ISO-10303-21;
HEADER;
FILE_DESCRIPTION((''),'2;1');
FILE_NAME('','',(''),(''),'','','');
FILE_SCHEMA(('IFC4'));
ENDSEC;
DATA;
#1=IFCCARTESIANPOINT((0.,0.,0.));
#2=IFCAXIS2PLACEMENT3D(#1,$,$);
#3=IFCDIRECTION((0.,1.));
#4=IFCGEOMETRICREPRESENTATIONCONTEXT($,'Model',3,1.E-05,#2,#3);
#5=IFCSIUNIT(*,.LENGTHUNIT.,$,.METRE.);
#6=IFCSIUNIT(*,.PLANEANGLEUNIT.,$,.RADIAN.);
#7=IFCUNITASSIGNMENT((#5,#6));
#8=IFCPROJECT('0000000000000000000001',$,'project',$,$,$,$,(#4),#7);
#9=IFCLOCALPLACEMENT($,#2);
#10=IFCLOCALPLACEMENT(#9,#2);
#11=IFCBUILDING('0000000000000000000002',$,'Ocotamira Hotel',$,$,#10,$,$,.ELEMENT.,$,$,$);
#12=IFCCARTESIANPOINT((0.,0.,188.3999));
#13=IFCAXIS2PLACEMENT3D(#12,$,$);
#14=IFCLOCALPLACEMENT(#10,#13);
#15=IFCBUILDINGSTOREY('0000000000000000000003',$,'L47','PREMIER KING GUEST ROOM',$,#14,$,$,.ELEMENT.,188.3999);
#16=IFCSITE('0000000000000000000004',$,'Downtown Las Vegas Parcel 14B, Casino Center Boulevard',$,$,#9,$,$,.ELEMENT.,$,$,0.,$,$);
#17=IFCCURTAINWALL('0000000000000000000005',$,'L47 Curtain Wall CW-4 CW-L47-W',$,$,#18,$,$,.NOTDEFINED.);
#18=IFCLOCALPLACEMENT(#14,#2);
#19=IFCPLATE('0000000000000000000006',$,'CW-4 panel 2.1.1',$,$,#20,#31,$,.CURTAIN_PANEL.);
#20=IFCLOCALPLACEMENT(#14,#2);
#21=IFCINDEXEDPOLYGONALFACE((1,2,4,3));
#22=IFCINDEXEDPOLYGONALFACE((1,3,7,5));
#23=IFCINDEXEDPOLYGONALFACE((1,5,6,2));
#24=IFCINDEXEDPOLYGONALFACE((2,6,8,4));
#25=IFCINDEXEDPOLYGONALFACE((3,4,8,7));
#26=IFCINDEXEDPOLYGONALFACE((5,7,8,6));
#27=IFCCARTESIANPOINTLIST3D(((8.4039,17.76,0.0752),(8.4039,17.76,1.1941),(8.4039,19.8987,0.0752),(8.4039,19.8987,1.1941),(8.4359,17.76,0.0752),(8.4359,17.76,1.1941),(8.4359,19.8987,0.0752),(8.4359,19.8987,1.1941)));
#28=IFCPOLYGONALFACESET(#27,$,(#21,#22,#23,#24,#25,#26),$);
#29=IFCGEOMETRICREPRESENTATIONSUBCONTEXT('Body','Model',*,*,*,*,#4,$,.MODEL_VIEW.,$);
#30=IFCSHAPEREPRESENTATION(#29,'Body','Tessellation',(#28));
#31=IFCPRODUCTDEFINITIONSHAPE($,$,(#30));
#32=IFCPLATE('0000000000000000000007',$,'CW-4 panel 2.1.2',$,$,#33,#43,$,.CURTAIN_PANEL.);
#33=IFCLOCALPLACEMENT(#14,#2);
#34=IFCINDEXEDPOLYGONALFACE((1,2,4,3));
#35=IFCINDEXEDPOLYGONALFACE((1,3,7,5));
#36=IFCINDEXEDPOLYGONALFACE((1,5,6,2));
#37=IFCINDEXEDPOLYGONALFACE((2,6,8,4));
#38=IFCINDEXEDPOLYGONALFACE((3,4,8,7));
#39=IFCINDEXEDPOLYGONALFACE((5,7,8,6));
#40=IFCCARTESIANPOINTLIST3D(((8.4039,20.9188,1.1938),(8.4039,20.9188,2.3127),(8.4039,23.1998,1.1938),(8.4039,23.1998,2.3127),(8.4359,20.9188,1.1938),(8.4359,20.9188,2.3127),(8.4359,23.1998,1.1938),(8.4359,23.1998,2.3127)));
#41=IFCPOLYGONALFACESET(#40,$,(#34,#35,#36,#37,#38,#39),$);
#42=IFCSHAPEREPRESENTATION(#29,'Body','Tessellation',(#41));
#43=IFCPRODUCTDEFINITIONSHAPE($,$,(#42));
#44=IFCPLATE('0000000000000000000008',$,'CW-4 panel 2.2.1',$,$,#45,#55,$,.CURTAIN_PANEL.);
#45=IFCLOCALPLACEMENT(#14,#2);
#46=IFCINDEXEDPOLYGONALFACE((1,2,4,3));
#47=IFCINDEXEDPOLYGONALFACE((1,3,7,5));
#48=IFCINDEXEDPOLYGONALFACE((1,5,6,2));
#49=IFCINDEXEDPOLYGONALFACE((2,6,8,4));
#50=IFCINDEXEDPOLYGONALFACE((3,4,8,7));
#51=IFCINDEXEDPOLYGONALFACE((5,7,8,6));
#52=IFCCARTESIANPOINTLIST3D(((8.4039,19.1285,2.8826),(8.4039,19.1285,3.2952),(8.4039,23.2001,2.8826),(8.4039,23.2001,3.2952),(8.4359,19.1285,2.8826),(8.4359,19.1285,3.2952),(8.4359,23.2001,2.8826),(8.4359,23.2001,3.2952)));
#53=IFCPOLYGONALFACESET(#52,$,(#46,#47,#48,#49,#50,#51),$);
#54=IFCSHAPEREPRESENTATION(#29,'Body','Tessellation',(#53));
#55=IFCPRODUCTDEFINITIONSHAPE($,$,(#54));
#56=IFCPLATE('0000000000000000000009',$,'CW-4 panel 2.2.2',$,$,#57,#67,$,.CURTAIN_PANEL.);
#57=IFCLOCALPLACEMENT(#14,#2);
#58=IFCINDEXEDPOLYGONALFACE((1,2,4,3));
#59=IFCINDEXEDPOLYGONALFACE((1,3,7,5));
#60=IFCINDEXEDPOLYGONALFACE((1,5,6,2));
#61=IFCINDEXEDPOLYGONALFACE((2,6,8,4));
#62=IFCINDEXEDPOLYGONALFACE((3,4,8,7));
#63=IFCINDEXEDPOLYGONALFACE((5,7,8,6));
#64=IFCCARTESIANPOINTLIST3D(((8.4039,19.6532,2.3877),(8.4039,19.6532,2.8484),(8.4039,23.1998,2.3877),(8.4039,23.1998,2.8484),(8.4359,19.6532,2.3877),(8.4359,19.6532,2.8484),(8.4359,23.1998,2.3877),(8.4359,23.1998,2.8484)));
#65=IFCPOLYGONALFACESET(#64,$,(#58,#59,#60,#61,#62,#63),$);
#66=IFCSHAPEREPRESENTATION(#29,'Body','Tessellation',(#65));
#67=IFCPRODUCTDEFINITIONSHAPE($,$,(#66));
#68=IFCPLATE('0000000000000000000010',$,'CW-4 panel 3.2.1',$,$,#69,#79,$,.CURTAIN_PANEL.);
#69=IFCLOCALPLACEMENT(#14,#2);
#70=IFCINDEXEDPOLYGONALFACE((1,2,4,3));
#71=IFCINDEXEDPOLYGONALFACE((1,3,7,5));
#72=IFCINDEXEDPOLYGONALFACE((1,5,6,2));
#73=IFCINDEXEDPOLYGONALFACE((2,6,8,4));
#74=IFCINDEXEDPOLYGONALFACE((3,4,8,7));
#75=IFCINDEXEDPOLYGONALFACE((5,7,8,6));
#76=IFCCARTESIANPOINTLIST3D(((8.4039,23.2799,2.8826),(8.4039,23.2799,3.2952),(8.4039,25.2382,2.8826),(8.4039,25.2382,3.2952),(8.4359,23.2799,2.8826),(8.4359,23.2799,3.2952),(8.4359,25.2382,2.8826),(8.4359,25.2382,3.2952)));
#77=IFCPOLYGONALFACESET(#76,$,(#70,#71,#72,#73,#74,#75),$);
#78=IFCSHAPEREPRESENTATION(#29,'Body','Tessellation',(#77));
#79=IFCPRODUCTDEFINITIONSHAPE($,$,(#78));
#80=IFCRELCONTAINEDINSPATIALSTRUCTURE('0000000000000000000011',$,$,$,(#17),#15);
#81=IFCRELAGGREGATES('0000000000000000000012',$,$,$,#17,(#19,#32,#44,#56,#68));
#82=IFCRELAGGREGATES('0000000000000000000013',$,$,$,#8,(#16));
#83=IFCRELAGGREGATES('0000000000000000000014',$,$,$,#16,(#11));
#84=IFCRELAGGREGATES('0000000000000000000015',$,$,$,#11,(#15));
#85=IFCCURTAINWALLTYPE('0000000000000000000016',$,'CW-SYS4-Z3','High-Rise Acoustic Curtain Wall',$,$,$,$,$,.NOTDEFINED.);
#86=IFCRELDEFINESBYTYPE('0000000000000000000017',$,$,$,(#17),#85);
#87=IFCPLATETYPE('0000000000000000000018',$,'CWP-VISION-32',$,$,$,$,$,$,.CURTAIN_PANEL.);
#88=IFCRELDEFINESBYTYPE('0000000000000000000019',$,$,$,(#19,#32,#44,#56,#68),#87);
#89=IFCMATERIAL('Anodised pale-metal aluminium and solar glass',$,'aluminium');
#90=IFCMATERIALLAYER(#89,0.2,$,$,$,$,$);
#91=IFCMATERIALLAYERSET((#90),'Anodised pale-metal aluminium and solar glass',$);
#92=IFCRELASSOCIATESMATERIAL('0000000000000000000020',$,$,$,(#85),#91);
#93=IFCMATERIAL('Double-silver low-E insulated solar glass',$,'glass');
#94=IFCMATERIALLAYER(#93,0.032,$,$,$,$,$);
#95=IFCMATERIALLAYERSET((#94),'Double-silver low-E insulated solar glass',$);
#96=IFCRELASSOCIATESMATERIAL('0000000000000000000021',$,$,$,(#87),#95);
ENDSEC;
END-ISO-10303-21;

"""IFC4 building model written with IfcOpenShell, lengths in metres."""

from ifc_helpers import new_model, si_unit, direction, frame, origin, origin_2d, place, context, subcontext, project, spatial, rectangle, extrude, source, transform, mapped, material, layer, layer_set, type_object, element, aggregate, save


model = new_model("IFC4")

# Units and contexts
model_context = context("Model", 3, precision=1e-05, world=origin(), true_north=direction((0.0, 1.0)))
body_context = subcontext(model_context, "Body", "Model", "MODEL_VIEW")
ifc_project = project(units=[si_unit("LENGTHUNIT", "METRE"), si_unit("PLANEANGLEUNIT", "RADIAN")], contexts=[model_context])

# Site, building, storey
site_placement = place(None, origin())
site = spatial("IfcSite", under=ifc_project, at=site_placement, Name="Downtown Las Vegas Parcel 14B, Casino Center Boulevard", CompositionType="ELEMENT", RefElevation=0.0)
building_placement = place(site_placement, origin())
building = spatial("IfcBuilding", under=site, at=building_placement, Name="Ocotamira Hotel", CompositionType="ELEMENT")
storey_placement = place(building_placement, frame((0.0, 0.0, 188.3999)))
storey = spatial("IfcBuildingStorey", under=building, at=storey_placement, Name="L47", Description="PREMIER KING GUEST ROOM", CompositionType="ELEMENT", Elevation=188.3999)

# Curtain wall
ifc_material_1 = material(Name="Anodised pale-metal aluminium and solar glass", Category="aluminium")
ifc_layer_1 = layer(ifc_material_1, 0.2)
ifc_layer_set_1 = layer_set([ifc_layer_1], Name="Anodised pale-metal aluminium and solar glass")
curtain_wall_type = type_object("IfcCurtainWallType", Name="CW-SYS4-Z3", Description="High-Rise Acoustic Curtain Wall", PredefinedType="NOTDEFINED", material=ifc_layer_set_1)
curtain_wall_placement = place(storey_placement, origin())
curtain_wall = element("IfcCurtainWall", 1, at=curtain_wall_placement, inside=storey, type_object=curtain_wall_type, Name="L47 Curtain Wall CW-4 CW-L47-W", PredefinedType="NOTDEFINED")

# Plates
ifc_material_2 = material(Name="Double-silver low-E insulated solar glass", Category="glass")
ifc_layer_2 = layer(ifc_material_2, 0.032)
ifc_layer_set_2 = layer_set([ifc_layer_2], Name="Double-silver low-E insulated solar glass")
plate_type_1 = type_object("IfcPlateType", Name="CWP-VISION-32", PredefinedType="CURTAIN_PANEL", material=ifc_layer_set_2)
shared_shape_1 = source(origin(), body_context, "Body", "SweptSolid", [
    extrude(rectangle(XDim=2.1387, YDim=0.032, at=origin_2d()), origin(), (0.0, 0.0, 1.0), 1.1189),
])
plate_1_placement = place(storey_placement, frame((8.4199, 18.8293, 0.0752), z_axis=(0.0, 0.0, 1.0), x_axis=(0.0, 1.0, 0.0)))
plate_1 = element("IfcPlate", 2, at=plate_1_placement, type_object=plate_type_1, Name="CW-4 panel 2.1.1", PredefinedType="CURTAIN_PANEL", context=body_context, shape_type="MappedRepresentation", body=[
    mapped(shared_shape_1, transform((0.0, 0.0, 0.0), scale=1.0)),
])
shared_shape_2 = source(origin(), body_context, "Body", "SweptSolid", [
    extrude(rectangle(XDim=2.281, YDim=0.032, at=origin_2d()), origin(), (0.0, 0.0, 1.0), 1.1189),
])
plate_2_placement = place(storey_placement, frame((8.4199, 22.0593, 1.1938), z_axis=(0.0, 0.0, 1.0), x_axis=(0.0, 1.0, 0.0)))
plate_2 = element("IfcPlate", 3, at=plate_2_placement, type_object=plate_type_1, Name="CW-4 panel 2.1.2", PredefinedType="CURTAIN_PANEL", context=body_context, shape_type="MappedRepresentation", body=[
    mapped(shared_shape_2, transform((0.0, 0.0, 0.0), scale=1.0)),
])
shared_shape_3 = source(origin(), body_context, "Body", "SweptSolid", [
    extrude(rectangle(XDim=4.0715, YDim=0.032, at=origin_2d()), origin(), (0.0, 0.0, 1.0), 0.4126),
])
plate_3_placement = place(storey_placement, frame((8.4199, 21.1643, 2.8826), z_axis=(0.0, 0.0, 1.0), x_axis=(0.0, 1.0, 0.0)))
plate_3 = element("IfcPlate", 4, at=plate_3_placement, type_object=plate_type_1, Name="CW-4 panel 2.2.1", PredefinedType="CURTAIN_PANEL", context=body_context, shape_type="MappedRepresentation", body=[
    mapped(shared_shape_3, transform((0.0, 0.0, 0.0), scale=1.0)),
])
shared_shape_4 = source(origin(), body_context, "Body", "SweptSolid", [
    extrude(rectangle(XDim=3.5466, YDim=0.032, at=origin_2d()), origin(), (0.0, 0.0, 1.0), 0.4607),
])
plate_4_placement = place(storey_placement, frame((8.4199, 21.4265, 2.3877), z_axis=(0.0, 0.0, 1.0), x_axis=(0.0, 1.0, 0.0)))
plate_4 = element("IfcPlate", 5, at=plate_4_placement, type_object=plate_type_1, Name="CW-4 panel 2.2.2", PredefinedType="CURTAIN_PANEL", context=body_context, shape_type="MappedRepresentation", body=[
    mapped(shared_shape_4, transform((0.0, 0.0, 0.0), scale=1.0)),
])
shared_shape_5 = source(origin(), body_context, "Body", "SweptSolid", [
    extrude(rectangle(XDim=1.9583, YDim=0.032, at=origin_2d()), origin(), (0.0, 0.0, 1.0), 0.4126),
])
plate_5_placement = place(storey_placement, frame((8.4199, 24.259, 2.8826), z_axis=(0.0, 0.0, 1.0), x_axis=(0.0, 1.0, 0.0)))
plate_5 = element("IfcPlate", 6, at=plate_5_placement, type_object=plate_type_1, Name="CW-4 panel 3.2.1", PredefinedType="CURTAIN_PANEL", context=body_context, shape_type="MappedRepresentation", body=[
    mapped(shared_shape_5, transform((0.0, 0.0, 0.0), scale=1.0)),
])
aggregate(curtain_wall, [plate_1, plate_2, plate_3, plate_4, plate_5])

save(model, "model.ifc")
